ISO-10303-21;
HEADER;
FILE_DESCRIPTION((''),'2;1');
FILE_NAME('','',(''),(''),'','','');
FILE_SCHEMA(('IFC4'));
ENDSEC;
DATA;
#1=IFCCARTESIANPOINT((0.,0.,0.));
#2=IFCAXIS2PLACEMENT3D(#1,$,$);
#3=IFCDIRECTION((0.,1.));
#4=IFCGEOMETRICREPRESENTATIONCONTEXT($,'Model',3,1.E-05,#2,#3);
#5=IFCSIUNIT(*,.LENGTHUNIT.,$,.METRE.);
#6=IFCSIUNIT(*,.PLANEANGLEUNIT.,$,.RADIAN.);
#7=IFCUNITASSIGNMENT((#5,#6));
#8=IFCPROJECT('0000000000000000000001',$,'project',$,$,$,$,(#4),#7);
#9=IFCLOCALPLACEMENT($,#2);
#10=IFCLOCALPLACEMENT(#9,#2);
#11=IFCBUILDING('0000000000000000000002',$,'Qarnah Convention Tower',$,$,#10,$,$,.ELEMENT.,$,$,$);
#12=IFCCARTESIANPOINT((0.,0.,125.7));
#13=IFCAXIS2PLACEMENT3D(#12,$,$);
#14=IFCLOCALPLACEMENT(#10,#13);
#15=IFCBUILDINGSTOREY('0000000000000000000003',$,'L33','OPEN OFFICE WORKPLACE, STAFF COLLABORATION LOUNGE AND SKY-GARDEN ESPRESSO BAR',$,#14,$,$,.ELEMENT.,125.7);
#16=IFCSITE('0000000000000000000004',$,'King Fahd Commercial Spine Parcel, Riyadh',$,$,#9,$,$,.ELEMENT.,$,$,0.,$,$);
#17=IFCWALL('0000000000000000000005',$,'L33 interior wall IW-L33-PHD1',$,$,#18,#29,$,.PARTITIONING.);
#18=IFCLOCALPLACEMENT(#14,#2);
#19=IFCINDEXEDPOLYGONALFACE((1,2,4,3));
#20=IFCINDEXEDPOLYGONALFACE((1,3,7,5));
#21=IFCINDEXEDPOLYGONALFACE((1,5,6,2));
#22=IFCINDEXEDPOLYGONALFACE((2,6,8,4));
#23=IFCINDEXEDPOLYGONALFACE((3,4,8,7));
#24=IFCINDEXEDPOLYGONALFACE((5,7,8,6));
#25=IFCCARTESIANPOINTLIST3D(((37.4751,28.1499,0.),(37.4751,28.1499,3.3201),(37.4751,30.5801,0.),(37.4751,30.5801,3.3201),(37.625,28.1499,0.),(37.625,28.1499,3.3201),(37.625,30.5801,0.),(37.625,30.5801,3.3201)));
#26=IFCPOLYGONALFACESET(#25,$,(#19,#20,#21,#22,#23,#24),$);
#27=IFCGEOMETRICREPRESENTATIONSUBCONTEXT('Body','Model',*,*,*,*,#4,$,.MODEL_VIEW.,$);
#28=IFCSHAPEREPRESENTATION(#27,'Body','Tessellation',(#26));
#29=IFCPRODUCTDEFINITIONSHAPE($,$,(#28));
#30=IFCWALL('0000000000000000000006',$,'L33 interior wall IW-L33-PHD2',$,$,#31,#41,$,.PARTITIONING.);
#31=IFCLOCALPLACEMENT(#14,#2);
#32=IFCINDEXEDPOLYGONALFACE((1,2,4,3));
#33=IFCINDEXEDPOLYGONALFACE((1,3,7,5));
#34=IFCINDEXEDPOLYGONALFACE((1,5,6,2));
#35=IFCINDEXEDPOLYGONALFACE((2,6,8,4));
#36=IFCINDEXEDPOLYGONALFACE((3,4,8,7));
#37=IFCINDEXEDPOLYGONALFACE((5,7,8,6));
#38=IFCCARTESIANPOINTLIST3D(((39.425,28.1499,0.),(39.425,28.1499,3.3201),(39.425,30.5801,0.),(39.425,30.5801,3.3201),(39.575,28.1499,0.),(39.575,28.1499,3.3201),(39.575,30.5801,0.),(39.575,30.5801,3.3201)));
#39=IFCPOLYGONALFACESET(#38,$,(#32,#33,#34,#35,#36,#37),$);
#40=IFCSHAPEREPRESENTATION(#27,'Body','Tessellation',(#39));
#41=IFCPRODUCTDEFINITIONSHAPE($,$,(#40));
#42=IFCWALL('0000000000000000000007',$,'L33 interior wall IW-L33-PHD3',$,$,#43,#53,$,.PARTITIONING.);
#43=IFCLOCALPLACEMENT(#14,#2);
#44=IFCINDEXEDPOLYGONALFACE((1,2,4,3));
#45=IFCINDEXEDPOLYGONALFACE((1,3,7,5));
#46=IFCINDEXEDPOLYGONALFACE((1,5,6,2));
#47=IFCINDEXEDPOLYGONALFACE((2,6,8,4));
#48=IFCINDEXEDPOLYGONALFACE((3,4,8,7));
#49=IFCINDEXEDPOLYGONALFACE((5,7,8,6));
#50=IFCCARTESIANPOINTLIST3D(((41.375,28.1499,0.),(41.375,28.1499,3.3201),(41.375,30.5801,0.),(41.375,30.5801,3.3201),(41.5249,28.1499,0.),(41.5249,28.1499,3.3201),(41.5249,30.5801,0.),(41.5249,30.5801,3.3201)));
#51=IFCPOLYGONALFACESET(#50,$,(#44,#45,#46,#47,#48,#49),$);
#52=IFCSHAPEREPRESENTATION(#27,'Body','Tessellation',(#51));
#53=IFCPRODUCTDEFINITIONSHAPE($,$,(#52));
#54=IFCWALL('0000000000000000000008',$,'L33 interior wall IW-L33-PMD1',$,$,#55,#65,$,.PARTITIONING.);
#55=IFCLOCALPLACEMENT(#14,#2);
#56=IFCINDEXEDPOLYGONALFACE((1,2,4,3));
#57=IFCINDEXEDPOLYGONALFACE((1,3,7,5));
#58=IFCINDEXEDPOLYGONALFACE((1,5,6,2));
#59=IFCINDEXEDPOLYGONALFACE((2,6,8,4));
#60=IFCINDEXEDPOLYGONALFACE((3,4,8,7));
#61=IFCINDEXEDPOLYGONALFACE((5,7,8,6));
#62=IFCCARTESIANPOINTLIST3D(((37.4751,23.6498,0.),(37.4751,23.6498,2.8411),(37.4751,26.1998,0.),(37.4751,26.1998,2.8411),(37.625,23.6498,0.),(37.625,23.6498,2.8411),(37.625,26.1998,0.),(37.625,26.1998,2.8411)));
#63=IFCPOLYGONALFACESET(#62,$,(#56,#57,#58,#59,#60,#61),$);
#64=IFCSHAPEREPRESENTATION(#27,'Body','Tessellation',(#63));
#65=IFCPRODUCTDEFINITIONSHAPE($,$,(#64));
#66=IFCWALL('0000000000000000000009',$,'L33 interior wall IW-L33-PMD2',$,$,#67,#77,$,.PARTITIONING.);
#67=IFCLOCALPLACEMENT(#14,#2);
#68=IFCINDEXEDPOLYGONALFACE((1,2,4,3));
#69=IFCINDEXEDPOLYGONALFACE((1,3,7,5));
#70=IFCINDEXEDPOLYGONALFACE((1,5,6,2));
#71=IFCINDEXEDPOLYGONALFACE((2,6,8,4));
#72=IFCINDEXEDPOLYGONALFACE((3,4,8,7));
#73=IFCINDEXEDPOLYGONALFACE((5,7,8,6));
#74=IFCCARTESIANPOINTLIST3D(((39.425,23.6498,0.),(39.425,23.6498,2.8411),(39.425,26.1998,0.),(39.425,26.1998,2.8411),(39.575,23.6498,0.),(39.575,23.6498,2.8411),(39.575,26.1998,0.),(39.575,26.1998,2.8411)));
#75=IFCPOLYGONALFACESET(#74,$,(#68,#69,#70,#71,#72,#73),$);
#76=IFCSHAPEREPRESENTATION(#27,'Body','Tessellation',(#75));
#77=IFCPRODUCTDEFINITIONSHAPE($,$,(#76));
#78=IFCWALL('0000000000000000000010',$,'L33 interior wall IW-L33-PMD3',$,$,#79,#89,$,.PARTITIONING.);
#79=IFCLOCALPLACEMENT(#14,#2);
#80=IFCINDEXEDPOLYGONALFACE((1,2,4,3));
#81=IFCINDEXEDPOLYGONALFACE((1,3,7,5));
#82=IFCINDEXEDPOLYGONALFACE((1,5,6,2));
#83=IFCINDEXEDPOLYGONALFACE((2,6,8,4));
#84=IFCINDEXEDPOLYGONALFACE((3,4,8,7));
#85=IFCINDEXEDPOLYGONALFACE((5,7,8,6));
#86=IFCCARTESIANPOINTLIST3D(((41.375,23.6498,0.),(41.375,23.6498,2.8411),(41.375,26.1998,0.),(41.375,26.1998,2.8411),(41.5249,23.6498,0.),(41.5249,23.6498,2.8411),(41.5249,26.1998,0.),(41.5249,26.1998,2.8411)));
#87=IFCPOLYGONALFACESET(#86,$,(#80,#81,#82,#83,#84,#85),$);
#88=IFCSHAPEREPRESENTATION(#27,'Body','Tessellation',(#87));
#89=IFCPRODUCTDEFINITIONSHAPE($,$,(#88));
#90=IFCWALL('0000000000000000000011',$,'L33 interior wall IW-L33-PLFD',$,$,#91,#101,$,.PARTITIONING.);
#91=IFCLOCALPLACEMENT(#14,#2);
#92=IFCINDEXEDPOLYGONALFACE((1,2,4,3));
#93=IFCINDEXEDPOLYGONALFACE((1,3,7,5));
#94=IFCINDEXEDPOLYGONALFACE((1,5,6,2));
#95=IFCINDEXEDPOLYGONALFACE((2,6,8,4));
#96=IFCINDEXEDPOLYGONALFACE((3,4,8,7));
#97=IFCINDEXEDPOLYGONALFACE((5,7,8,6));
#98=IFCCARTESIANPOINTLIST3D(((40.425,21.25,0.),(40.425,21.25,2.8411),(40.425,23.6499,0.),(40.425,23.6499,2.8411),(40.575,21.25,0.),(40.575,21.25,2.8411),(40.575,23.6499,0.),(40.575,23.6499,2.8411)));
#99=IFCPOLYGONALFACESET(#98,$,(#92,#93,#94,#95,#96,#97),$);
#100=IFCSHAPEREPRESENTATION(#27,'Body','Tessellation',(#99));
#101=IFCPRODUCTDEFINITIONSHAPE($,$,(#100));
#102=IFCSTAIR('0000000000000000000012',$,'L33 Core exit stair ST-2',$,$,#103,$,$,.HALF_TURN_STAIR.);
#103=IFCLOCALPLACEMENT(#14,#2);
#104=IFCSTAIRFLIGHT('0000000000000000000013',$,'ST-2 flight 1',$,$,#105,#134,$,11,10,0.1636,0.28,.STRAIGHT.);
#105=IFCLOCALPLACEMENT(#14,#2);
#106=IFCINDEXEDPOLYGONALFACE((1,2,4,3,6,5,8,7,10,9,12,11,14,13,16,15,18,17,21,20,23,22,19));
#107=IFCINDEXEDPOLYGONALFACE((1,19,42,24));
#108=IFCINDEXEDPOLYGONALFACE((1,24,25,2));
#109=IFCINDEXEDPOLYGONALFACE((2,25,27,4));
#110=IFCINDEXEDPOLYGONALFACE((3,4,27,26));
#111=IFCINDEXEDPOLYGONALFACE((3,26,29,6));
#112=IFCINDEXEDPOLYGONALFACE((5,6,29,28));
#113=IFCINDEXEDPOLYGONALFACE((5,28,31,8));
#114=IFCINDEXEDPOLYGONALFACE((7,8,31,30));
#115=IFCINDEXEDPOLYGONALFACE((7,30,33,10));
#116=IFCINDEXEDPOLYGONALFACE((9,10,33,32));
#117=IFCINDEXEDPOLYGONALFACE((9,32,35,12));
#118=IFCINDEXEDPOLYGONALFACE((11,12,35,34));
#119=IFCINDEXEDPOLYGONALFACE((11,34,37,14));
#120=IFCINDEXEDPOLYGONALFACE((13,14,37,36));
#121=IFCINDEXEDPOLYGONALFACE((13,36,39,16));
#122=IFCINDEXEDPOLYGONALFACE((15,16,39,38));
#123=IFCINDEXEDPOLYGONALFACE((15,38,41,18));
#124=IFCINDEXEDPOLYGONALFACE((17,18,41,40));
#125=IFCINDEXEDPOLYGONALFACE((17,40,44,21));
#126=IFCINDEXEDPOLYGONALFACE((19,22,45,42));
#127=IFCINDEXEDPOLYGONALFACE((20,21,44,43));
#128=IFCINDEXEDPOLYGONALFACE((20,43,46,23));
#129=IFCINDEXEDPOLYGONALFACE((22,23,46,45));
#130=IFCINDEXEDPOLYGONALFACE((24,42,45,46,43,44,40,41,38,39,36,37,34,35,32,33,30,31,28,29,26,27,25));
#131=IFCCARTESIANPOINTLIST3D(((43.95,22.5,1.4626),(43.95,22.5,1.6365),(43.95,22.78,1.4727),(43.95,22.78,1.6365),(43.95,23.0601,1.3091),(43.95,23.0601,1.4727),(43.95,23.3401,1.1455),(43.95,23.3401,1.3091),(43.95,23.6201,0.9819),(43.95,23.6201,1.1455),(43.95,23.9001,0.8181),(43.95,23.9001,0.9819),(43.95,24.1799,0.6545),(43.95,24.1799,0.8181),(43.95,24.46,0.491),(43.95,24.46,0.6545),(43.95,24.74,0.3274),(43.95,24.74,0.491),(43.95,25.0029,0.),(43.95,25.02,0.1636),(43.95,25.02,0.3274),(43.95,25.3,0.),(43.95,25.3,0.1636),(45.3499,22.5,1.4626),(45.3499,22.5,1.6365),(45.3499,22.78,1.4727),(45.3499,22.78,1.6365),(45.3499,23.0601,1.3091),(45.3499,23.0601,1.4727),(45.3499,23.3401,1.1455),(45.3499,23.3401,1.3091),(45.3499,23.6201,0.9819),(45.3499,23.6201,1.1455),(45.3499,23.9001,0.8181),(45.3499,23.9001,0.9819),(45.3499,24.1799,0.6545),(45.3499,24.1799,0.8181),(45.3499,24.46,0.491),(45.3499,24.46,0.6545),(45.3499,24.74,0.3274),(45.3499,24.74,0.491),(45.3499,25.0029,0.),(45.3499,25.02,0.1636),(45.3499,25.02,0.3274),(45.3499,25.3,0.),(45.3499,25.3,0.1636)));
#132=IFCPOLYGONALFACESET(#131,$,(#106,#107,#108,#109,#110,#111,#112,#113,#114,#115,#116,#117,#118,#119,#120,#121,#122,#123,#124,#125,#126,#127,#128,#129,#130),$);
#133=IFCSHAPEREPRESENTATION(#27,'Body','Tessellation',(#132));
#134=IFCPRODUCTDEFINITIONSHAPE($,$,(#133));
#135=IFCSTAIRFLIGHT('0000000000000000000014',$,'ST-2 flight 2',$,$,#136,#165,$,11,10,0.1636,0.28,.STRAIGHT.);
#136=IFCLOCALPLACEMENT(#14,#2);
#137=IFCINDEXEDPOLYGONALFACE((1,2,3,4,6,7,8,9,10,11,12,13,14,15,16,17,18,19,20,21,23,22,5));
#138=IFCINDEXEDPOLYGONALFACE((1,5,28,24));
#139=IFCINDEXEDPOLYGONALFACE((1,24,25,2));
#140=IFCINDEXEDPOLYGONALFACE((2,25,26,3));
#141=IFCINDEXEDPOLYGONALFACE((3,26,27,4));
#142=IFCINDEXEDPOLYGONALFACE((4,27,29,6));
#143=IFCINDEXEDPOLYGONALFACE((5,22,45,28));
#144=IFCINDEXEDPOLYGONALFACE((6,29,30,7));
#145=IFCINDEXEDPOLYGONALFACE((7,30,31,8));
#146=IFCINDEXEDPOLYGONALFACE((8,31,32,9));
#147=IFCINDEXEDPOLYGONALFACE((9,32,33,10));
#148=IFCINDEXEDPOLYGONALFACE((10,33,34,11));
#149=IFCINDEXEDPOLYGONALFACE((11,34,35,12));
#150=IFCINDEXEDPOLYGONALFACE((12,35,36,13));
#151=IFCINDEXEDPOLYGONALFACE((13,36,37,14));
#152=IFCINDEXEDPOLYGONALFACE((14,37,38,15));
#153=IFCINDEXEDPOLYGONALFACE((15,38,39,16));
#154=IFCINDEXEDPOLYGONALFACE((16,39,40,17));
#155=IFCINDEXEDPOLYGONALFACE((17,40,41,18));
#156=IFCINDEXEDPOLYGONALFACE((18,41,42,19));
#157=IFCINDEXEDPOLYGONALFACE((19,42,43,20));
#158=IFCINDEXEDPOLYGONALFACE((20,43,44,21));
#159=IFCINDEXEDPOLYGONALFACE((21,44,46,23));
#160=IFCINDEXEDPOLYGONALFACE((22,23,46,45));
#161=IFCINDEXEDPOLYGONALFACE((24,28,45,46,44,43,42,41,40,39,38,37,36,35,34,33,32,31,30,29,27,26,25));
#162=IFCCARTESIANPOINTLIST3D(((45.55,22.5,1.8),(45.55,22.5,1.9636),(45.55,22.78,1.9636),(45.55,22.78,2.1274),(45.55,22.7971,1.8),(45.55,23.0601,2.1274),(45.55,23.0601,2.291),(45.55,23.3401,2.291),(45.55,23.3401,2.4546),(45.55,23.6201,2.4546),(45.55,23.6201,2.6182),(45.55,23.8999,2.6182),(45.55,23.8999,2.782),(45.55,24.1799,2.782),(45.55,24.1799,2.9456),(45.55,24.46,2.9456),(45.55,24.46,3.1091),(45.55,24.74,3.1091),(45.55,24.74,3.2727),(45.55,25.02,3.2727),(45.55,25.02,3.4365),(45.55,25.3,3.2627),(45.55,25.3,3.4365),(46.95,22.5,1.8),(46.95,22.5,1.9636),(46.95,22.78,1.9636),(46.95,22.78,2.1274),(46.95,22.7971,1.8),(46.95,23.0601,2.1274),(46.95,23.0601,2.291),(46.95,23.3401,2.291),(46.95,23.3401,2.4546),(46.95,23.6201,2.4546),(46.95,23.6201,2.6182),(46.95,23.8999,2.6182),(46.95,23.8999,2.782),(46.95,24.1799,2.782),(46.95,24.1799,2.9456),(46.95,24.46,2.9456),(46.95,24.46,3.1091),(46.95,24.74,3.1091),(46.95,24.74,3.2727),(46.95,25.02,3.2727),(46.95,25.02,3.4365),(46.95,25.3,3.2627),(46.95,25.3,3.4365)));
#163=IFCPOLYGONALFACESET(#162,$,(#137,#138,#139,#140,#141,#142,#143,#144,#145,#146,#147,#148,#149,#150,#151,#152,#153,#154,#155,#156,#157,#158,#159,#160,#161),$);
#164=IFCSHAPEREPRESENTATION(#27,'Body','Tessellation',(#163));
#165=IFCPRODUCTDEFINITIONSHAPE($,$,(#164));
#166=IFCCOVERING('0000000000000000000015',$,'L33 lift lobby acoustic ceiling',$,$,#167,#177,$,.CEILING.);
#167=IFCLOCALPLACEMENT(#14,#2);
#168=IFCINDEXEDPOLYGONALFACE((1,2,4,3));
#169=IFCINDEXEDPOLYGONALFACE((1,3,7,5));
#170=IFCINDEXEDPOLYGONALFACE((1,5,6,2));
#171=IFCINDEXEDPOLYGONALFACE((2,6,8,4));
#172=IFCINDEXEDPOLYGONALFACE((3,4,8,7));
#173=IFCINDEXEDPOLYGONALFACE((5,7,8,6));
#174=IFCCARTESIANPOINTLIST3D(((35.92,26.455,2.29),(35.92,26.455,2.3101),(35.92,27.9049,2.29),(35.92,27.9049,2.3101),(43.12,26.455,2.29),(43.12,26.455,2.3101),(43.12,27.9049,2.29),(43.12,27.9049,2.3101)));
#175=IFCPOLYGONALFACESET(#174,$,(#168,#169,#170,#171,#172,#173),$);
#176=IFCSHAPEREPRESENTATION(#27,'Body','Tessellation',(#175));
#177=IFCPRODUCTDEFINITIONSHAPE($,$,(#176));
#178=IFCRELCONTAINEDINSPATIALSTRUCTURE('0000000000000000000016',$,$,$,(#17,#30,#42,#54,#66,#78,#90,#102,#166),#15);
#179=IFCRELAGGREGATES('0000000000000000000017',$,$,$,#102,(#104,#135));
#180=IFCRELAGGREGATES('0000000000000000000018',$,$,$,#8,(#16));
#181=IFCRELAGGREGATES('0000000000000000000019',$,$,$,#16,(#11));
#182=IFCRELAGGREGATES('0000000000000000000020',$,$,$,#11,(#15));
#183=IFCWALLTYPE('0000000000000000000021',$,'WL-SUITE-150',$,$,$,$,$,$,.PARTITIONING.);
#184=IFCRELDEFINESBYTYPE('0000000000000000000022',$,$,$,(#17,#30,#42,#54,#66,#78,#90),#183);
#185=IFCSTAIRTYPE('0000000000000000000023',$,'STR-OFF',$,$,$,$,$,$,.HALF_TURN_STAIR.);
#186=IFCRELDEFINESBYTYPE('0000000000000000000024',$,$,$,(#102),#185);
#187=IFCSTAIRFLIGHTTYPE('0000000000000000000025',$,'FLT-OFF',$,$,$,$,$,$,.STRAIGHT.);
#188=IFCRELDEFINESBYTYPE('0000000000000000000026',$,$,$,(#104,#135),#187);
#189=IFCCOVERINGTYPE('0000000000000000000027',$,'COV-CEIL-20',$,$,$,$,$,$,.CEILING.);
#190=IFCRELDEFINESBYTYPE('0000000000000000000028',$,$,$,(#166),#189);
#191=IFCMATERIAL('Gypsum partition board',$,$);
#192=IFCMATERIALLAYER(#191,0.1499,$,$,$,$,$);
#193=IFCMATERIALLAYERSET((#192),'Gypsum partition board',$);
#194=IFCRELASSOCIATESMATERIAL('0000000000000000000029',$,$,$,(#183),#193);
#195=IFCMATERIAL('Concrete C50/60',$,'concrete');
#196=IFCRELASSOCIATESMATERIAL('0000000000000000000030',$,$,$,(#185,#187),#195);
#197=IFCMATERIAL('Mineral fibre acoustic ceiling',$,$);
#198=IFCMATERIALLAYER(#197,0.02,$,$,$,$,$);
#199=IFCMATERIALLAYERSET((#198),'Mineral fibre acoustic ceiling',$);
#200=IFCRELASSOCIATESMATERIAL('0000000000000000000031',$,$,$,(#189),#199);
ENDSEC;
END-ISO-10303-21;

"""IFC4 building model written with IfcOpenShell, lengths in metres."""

from ifc_helpers import new_model, si_unit, direction, frame, frame_2d, origin, origin_2d, place, context, subcontext, project, spatial, polyline, rectangle, outline, extrude, material, layer, layer_set, type_object, element, aggregate, save


model = new_model("IFC4")

# Units and contexts
model_context = context("Model", 3, precision=1e-05, world=origin(), true_north=direction((0.0, 1.0)))
body_context = subcontext(model_context, "Body", "Model", "MODEL_VIEW")
ifc_project = project(units=[si_unit("LENGTHUNIT", "METRE"), si_unit("PLANEANGLEUNIT", "RADIAN")], contexts=[model_context])

# Site, building, storey
site_placement = place(None, origin())
site = spatial("IfcSite", under=ifc_project, at=site_placement, Name="King Fahd Commercial Spine Parcel, Riyadh", CompositionType="ELEMENT", RefElevation=0.0)
building_placement = place(site_placement, origin())
building = spatial("IfcBuilding", under=site, at=building_placement, Name="Qarnah Convention Tower", CompositionType="ELEMENT")
storey_placement = place(building_placement, frame((0.0, 0.0, 125.7)))
storey = spatial("IfcBuildingStorey", under=building, at=storey_placement, Name="L33", Description="OPEN OFFICE WORKPLACE, STAFF COLLABORATION LOUNGE AND SKY-GARDEN ESPRESSO BAR", CompositionType="ELEMENT", Elevation=125.7)

# Walls
ifc_material_1 = material(Name="Gypsum partition board")
ifc_layer_1 = layer(ifc_material_1, 0.1499)
ifc_layer_set_1 = layer_set([ifc_layer_1], Name="Gypsum partition board")
wall_type_1 = type_object("IfcWallType", Name="WL-SUITE-150", PredefinedType="PARTITIONING", material=ifc_layer_set_1)
for number, where, z_axis, x_axis, name in (
    (1, (37.55, 28.1499, 0.0), (0.0, 0.0, 1.0), (0.0, 1.0, 0.0), "L33 interior wall IW-L33-PHD1"),
    (2, (39.5, 28.1499, 0.0), (0.0, 0.0, 1.0), (0.0, 1.0, 0.0), "L33 interior wall IW-L33-PHD2"),
    (3, (41.45, 28.1499, 0.0), (0.0, 0.0, 1.0), (0.0, 1.0, 0.0), "L33 interior wall IW-L33-PHD3"),
):
    element("IfcWall", number, at=place(storey_placement, frame(where, z_axis=z_axis, x_axis=x_axis)), inside=storey, type_object=wall_type_1, Name=name, PredefinedType="PARTITIONING", context=body_context, shape_type="SweptSolid", body=[
        extrude(rectangle(XDim=2.4302, YDim=0.1499, at=frame_2d((1.2151, 0.0))), origin(), (0.0, 0.0, 1.0), 3.3201),
    ])
for number, where, z_axis, x_axis, name in (
    (4, (37.55, 23.6499, 0.0), (0.0, 0.0, 1.0), (0.0, 1.0, 0.0), "L33 interior wall IW-L33-PMD1"),
    (5, (39.5, 23.6499, 0.0), (0.0, 0.0, 1.0), (0.0, 1.0, 0.0), "L33 interior wall IW-L33-PMD2"),
    (6, (41.45, 23.6499, 0.0), (0.0, 0.0, 1.0), (0.0, 1.0, 0.0), "L33 interior wall IW-L33-PMD3"),
):
    element("IfcWall", number, at=place(storey_placement, frame(where, z_axis=z_axis, x_axis=x_axis)), inside=storey, type_object=wall_type_1, Name=name, PredefinedType="PARTITIONING", context=body_context, shape_type="SweptSolid", body=[
        extrude(rectangle(XDim=2.55, YDim=0.1499, at=frame_2d((1.2749, 0.0))), origin(), (0.0, 0.0, 1.0), 2.8411),
    ])
wall_1_placement = place(storey_placement, frame((40.5, 21.25, 0.0), z_axis=(0.0, 0.0, 1.0), x_axis=(0.0, 1.0, 0.0)))
element("IfcWall", 7, at=wall_1_placement, inside=storey, type_object=wall_type_1, Name="L33 interior wall IW-L33-PLFD", PredefinedType="PARTITIONING", context=body_context, shape_type="SweptSolid", body=[
    extrude(rectangle(XDim=2.3999, YDim=0.1499, at=frame_2d((1.2, 0.0))), origin(), (0.0, 0.0, 1.0), 2.8411),
])

# Stair, stair flights
ifc_material_2 = material(Name="Concrete C50/60", Category="concrete")
stair_type = type_object("IfcStairType", Name="STR-OFF", PredefinedType="HALF_TURN_STAIR", material=ifc_material_2)
stair_placement = place(storey_placement, origin())
stair = element("IfcStair", 8, at=stair_placement, inside=storey, type_object=stair_type, Name="L33 Core exit stair ST-2", PredefinedType="HALF_TURN_STAIR")
stair_flight_type = type_object("IfcStairFlightType", Name="FLT-OFF", PredefinedType="STRAIGHT", material=ifc_material_2)
stair_flight_1_placement = place(storey_placement, frame((44.6499, 25.3, 0.0), z_axis=(0.0, 0.0, 1.0), x_axis=(0.0, -1.0, 0.0)))
stair_flight_1 = element("IfcStairFlight", 9, at=stair_flight_1_placement, type_object=stair_flight_type, Name="ST-2 flight 1", NumberOfRisers=11, NumberOfTreads=10, PredefinedType="STRAIGHT", RiserHeight=0.1636, TreadLength=0.28, context=body_context, shape_type="SweptSolid", body=[
    extrude(outline(polyline([(0.0, 0.0), (0.0, 0.1636), (0.28, 0.1636), (0.28, 0.3274), (0.5601, 0.3274), (0.5601, 0.491), (0.8401, 0.491), (0.8401, 0.6545), (1.1201, 0.6545), (1.1201, 0.8181), (1.3999, 0.8181), (1.3999, 0.9819), (1.6799, 0.9819), (1.6799, 1.1455), (1.96, 1.1455), (1.96, 1.3091), (2.24, 1.3091), (2.24, 1.4727), (2.52, 1.4727), (2.52, 1.6365), (2.8, 1.6365), (2.8, 1.8), (2.8, 1.4626), (0.2971, 0.0), (0.0, 0.0)])), frame((0.0, 0.7, 0.0), z_axis=(0.0, -1.0, 0.0), x_axis=(1.0, 0.0, 0.0)), (0.0, 0.0, 1.0), 1.3999),
])
stair_flight_2_placement = place(storey_placement, frame((46.25, 22.5, 1.8), z_axis=(0.0, 0.0, 1.0), x_axis=(0.0, 1.0, 0.0)))
stair_flight_2 = element("IfcStairFlight", 10, at=stair_flight_2_placement, type_object=stair_flight_type, Name="ST-2 flight 2", NumberOfRisers=11, NumberOfTreads=10, PredefinedType="STRAIGHT", RiserHeight=0.1636, TreadLength=0.28, context=body_context, shape_type="SweptSolid", body=[
    extrude(outline(polyline([(0.0, 0.0), (0.0, 0.1636), (0.28, 0.1636), (0.28, 0.3274), (0.5601, 0.3274), (0.5601, 0.491), (0.8401, 0.491), (0.8401, 0.6545), (1.1201, 0.6545), (1.1201, 0.8181), (1.3999, 0.8181), (1.3999, 0.9819), (1.6799, 0.9819), (1.6799, 1.1455), (1.96, 1.1455), (1.96, 1.3091), (2.24, 1.3091), (2.24, 1.4727), (2.52, 1.4727), (2.52, 1.6365), (2.8, 1.6365), (2.8, 1.8), (2.8, 1.4626), (0.2971, 0.0), (0.0, 0.0)])), frame((0.0, 0.7, 0.0), z_axis=(0.0, -1.0, 0.0), x_axis=(1.0, 0.0, 0.0)), (0.0, 0.0, 1.0), 1.3999),
])
aggregate(stair, [stair_flight_1, stair_flight_2])

# Covering
ifc_material_3 = material(Name="Mineral fibre acoustic ceiling")
ifc_layer_2 = layer(ifc_material_3, 0.02)
ifc_layer_set_2 = layer_set([ifc_layer_2], Name="Mineral fibre acoustic ceiling")
covering_type = type_object("IfcCoveringType", Name="COV-CEIL-20", PredefinedType="CEILING", material=ifc_layer_set_2)
covering_placement = place(storey_placement, frame((39.52, 27.1799, 2.29), z_axis=(0.0, 0.0, 1.0), x_axis=(1.0, 0.0, 0.0)))
element("IfcCovering", 11, at=covering_placement, inside=storey, type_object=covering_type, Name="L33 lift lobby acoustic ceiling", PredefinedType="CEILING", context=body_context, shape_type="SweptSolid", body=[
    extrude(rectangle(XDim=7.2, YDim=1.45, at=origin_2d()), origin(), (0.0, 0.0, 1.0), 0.02),
])

save(model, "model.ifc")
